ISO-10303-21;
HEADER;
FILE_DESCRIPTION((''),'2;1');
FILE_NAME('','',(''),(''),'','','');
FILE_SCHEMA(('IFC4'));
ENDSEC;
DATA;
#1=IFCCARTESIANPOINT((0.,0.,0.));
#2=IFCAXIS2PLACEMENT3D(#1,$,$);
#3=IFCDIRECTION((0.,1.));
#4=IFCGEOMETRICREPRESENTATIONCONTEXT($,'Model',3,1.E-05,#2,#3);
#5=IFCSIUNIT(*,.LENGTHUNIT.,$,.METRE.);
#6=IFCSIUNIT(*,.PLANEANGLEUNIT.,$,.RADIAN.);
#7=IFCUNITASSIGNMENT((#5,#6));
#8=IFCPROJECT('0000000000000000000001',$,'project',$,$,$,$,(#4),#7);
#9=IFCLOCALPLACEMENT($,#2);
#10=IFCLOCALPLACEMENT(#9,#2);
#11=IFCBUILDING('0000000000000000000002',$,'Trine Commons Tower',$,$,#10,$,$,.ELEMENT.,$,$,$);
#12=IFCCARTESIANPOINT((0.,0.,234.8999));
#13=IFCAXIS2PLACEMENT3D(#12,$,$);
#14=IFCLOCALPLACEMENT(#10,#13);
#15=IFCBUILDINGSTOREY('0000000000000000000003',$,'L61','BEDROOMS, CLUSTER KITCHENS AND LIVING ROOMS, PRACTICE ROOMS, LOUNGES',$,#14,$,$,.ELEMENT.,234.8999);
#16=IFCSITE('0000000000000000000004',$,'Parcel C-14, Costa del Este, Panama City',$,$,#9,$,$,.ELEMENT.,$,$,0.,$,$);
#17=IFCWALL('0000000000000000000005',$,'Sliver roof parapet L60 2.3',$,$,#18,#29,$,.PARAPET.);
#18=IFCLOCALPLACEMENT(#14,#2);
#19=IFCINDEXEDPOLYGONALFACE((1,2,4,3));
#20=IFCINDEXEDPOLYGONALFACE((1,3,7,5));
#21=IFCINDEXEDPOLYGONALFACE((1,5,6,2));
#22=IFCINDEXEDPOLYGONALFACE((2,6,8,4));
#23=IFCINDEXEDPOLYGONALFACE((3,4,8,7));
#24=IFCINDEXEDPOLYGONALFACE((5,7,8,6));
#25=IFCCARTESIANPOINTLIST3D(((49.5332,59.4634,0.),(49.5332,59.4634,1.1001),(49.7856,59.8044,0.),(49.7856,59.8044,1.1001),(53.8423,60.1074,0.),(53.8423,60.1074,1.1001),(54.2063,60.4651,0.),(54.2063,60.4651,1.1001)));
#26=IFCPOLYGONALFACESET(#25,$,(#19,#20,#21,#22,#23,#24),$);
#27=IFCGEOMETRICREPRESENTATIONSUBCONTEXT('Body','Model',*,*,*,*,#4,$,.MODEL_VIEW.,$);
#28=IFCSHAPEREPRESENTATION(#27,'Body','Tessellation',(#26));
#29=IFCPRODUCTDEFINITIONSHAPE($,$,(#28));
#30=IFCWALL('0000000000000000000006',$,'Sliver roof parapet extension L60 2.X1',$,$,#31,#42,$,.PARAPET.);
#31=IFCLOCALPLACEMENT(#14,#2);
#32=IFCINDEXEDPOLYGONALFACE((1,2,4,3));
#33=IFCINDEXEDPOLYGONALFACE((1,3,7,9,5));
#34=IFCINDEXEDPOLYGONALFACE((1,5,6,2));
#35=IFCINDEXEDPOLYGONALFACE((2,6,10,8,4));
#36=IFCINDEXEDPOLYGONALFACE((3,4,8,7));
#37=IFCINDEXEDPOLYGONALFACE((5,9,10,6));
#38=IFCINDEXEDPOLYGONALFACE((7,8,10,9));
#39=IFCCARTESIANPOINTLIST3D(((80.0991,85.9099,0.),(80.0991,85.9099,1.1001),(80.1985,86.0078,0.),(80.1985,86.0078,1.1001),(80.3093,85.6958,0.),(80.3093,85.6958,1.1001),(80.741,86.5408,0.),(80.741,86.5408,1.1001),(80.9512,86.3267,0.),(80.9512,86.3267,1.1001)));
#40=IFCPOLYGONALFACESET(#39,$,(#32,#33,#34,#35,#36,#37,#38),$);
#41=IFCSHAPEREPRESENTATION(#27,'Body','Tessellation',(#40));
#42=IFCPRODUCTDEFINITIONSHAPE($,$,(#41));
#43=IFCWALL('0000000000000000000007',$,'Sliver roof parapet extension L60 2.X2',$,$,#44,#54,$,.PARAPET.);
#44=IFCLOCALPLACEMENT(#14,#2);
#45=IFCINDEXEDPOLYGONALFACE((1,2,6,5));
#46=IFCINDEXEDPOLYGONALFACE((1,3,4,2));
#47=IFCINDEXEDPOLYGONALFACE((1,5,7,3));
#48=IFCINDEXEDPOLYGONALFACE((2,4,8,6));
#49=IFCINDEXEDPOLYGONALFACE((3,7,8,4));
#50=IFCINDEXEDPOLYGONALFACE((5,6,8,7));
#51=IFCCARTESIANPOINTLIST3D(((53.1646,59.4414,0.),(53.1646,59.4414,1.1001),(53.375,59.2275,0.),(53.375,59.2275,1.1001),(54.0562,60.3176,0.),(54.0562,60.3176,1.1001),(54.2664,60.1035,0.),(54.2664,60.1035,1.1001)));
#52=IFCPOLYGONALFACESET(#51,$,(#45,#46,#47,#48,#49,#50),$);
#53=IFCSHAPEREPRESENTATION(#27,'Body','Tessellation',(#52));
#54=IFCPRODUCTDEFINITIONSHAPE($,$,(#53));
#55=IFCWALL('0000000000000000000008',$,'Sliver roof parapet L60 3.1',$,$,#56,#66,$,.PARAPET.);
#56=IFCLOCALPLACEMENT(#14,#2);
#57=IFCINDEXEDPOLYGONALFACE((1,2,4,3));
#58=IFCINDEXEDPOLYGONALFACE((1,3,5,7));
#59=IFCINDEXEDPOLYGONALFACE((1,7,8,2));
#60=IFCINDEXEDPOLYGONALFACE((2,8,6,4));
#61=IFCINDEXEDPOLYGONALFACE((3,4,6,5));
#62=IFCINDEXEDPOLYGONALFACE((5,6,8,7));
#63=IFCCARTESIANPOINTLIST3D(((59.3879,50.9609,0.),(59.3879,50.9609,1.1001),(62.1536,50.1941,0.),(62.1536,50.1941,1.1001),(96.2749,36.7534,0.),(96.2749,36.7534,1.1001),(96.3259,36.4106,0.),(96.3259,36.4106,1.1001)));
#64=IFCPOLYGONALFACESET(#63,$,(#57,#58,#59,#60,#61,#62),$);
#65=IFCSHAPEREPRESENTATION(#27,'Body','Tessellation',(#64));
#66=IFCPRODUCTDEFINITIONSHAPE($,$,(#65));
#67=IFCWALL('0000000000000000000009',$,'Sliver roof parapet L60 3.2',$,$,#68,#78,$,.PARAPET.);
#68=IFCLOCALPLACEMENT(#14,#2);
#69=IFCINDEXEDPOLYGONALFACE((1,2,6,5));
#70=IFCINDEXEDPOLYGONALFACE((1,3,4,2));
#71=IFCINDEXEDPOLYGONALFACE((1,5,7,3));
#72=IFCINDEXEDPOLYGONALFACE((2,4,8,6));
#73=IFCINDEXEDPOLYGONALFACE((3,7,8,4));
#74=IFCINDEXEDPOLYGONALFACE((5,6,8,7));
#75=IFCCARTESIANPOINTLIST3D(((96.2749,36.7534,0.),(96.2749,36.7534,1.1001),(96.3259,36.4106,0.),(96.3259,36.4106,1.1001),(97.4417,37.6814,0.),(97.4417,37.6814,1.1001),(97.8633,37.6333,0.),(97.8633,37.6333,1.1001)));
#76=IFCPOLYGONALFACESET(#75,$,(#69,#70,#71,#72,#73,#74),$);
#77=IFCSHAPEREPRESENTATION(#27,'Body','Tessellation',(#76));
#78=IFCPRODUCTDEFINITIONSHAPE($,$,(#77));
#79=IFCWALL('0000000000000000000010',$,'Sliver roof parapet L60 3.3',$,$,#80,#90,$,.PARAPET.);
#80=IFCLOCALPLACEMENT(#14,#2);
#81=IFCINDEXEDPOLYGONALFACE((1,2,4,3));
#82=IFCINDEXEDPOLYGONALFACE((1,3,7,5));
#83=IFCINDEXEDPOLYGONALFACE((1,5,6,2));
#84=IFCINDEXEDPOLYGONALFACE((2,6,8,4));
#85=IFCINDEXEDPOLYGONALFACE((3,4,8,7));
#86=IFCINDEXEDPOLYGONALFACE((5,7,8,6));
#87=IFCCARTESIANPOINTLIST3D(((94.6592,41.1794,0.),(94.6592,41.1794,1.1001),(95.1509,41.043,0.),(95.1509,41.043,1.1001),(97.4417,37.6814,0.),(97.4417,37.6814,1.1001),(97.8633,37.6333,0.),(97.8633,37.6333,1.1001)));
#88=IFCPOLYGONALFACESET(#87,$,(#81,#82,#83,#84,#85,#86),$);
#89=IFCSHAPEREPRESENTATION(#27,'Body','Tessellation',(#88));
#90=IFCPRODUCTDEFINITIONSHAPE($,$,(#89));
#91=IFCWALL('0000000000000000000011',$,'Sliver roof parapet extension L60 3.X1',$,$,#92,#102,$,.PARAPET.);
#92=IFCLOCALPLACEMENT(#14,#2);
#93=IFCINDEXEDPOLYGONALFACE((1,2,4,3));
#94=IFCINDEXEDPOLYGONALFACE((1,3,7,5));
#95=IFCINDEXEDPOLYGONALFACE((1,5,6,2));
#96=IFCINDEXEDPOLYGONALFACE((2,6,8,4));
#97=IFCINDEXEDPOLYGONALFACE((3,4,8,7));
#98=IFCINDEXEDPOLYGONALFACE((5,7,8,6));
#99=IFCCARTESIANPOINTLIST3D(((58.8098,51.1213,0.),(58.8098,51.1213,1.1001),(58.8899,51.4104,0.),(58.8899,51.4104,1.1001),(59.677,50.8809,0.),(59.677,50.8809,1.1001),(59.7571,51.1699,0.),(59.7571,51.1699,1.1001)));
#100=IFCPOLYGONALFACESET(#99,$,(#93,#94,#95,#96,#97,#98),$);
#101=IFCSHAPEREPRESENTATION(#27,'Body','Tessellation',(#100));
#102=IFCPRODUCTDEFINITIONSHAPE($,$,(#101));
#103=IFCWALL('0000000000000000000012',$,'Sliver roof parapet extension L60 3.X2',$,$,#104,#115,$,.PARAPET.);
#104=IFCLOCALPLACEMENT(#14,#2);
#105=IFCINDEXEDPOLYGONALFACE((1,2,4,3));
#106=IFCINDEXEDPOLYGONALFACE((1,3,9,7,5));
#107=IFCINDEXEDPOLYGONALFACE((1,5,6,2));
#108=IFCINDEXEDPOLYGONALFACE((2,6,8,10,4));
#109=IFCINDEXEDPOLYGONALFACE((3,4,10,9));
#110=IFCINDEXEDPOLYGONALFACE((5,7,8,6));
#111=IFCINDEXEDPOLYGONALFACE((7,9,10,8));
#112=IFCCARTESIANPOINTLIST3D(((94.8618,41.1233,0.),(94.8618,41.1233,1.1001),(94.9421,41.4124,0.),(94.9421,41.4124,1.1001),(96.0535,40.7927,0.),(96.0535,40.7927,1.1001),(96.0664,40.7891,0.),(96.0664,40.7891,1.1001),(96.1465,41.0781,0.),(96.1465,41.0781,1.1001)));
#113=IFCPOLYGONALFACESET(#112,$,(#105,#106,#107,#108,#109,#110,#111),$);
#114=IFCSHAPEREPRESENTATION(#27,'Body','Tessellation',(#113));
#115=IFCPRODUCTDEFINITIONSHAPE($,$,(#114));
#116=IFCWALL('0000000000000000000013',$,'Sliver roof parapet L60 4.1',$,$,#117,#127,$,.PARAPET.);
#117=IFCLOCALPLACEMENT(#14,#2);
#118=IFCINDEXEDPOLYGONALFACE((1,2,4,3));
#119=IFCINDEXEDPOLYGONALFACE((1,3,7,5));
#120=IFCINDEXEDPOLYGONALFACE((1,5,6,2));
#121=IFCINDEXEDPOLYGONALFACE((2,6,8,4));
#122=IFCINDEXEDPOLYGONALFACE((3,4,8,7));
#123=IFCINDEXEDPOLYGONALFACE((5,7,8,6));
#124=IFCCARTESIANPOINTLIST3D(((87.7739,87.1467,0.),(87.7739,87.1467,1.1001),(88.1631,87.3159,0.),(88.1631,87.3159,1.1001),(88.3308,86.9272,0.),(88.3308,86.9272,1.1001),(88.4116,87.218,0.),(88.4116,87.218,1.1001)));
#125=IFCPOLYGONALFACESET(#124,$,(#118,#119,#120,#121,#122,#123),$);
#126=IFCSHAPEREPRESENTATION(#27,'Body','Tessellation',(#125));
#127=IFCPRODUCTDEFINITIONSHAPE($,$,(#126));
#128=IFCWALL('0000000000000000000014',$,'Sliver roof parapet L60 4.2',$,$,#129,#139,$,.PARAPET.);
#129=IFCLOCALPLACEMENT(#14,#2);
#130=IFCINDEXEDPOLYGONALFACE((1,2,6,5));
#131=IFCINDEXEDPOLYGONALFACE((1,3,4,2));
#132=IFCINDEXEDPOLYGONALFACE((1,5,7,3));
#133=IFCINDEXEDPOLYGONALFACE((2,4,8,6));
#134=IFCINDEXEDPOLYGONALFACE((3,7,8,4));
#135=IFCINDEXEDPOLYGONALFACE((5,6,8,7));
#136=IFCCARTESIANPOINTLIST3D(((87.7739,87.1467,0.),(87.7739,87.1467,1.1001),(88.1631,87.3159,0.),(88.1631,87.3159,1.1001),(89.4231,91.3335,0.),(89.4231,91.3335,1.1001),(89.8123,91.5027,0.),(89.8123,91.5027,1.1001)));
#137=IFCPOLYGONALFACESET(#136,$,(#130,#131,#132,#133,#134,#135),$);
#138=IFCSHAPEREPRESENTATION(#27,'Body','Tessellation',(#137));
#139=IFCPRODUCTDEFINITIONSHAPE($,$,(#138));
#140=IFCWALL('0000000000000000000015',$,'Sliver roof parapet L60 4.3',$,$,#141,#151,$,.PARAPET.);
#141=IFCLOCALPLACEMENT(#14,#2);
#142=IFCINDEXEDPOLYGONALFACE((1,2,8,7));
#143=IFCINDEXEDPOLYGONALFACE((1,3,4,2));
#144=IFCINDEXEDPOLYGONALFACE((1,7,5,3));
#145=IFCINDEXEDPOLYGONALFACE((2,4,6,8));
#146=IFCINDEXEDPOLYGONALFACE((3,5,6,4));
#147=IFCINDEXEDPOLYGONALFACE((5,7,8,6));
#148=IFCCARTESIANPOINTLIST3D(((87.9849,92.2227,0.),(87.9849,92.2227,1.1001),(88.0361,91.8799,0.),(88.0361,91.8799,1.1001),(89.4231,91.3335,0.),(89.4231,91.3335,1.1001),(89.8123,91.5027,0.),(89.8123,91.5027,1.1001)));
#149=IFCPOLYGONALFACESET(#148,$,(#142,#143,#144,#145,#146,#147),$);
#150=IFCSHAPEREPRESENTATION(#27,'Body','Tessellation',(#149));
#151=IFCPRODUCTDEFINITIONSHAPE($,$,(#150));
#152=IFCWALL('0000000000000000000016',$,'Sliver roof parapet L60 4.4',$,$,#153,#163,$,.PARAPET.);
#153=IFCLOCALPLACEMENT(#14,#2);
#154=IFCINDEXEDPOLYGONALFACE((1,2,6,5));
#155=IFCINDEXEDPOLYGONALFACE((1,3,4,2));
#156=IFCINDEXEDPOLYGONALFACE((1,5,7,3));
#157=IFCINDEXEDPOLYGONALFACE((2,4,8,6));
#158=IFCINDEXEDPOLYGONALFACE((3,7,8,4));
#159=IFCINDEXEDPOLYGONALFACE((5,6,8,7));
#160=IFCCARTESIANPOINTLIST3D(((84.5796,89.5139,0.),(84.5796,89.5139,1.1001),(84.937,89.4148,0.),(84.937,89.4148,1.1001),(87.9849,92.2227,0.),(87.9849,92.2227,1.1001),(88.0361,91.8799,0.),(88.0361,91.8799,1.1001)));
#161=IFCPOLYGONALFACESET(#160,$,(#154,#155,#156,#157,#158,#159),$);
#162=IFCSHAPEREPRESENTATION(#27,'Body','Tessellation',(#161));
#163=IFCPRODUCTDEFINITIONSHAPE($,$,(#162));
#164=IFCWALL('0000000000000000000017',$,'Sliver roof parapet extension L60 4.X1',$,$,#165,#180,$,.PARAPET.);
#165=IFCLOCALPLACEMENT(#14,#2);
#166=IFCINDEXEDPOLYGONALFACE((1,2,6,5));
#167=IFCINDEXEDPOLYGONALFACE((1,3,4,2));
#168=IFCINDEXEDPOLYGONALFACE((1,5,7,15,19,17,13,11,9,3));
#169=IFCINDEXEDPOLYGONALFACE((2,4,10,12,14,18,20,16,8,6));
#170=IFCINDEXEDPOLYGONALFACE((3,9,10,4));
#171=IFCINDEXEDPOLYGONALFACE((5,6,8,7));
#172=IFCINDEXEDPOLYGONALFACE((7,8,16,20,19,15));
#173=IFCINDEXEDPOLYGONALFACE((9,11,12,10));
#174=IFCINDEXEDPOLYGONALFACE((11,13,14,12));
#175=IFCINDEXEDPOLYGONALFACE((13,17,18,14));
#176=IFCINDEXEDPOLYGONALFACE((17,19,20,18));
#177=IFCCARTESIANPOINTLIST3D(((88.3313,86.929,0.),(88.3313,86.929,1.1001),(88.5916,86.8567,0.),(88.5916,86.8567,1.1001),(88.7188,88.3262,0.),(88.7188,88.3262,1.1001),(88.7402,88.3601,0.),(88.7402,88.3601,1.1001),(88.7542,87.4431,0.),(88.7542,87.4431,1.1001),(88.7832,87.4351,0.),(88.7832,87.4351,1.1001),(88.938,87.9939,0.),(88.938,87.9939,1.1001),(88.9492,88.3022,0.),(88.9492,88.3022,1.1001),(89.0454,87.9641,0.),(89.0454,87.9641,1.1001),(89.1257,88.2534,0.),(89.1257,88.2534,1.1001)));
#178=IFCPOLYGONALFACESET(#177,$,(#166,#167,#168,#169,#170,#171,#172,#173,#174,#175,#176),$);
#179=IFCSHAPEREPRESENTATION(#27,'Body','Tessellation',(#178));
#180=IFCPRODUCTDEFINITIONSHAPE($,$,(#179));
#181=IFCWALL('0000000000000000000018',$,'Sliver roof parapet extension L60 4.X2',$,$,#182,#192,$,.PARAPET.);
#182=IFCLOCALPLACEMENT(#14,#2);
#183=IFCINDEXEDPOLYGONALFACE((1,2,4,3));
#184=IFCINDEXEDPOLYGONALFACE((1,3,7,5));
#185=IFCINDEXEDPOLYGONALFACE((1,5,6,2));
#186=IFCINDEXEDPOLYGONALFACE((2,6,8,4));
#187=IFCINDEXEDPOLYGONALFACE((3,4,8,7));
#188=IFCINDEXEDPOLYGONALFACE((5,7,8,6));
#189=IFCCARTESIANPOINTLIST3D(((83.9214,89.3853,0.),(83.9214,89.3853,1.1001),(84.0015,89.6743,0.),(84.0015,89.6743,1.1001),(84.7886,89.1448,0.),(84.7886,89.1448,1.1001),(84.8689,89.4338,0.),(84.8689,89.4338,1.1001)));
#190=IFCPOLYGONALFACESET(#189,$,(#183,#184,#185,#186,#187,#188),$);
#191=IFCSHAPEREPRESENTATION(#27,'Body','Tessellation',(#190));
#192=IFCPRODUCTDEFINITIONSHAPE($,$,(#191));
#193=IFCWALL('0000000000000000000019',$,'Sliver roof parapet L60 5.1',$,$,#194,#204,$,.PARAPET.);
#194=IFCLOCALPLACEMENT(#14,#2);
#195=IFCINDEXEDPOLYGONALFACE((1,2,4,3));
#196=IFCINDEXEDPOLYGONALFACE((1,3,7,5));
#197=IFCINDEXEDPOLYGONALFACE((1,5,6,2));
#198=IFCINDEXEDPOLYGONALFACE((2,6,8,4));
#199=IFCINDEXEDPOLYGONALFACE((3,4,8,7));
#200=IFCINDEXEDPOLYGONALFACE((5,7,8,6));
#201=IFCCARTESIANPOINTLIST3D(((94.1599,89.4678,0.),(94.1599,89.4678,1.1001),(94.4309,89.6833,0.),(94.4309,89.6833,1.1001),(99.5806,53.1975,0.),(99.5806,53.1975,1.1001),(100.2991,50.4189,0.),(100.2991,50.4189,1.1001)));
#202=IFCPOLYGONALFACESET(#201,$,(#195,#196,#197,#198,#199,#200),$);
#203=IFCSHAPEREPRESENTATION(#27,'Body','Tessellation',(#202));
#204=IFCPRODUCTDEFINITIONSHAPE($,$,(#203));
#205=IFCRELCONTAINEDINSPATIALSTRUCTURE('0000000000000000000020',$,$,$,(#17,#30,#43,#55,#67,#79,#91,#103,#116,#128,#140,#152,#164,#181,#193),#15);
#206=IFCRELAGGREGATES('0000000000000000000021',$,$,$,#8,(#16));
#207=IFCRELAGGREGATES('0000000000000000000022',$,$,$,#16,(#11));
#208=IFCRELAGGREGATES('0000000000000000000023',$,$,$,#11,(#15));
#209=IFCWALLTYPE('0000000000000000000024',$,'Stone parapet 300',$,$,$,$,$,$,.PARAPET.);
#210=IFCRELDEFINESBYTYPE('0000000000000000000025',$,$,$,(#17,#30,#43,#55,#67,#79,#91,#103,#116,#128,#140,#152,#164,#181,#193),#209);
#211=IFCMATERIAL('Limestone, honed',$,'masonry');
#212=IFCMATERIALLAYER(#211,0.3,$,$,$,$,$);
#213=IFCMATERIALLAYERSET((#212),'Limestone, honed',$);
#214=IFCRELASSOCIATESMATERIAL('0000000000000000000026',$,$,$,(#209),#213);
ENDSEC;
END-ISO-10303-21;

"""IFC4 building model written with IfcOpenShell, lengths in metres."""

from ifc_helpers import new_model, si_unit, direction, frame, origin, place, context, subcontext, project, spatial, polyline, outline, extrude, material, layer, layer_set, type_object, element, save


model = new_model("IFC4")

# Units and contexts
model_context = context("Model", 3, precision=1e-05, world=origin(), true_north=direction((0.0, 1.0)))
body_context = subcontext(model_context, "Body", "Model", "MODEL_VIEW")
ifc_project = project(units=[si_unit("LENGTHUNIT", "METRE"), si_unit("PLANEANGLEUNIT", "RADIAN")], contexts=[model_context])

# Site, building, storey
site_placement = place(None, origin())
site = spatial("IfcSite", under=ifc_project, at=site_placement, Name="Parcel C-14, Costa del Este, Panama City", CompositionType="ELEMENT", RefElevation=0.0)
building_placement = place(site_placement, origin())
building = spatial("IfcBuilding", under=site, at=building_placement, Name="Trine Commons Tower", CompositionType="ELEMENT")
storey_placement = place(building_placement, frame((0.0, 0.0, 234.8999)))
storey = spatial("IfcBuildingStorey", under=building, at=storey_placement, Name="L61", Description="BEDROOMS, CLUSTER KITCHENS AND LIVING ROOMS, PRACTICE ROOMS, LOUNGES", CompositionType="ELEMENT", Elevation=234.8999)

# Walls
ifc_material = material(Name="Limestone, honed", Category="masonry")
ifc_layer = layer(ifc_material, 0.3)
ifc_layer_set = layer_set([ifc_layer], Name="Limestone, honed")
wall_type = type_object("IfcWallType", Name="Stone parapet 300", PredefinedType="PARAPET", material=ifc_layer_set)
wall_1_placement = place(storey_placement, origin())
element("IfcWall", 1, at=wall_1_placement, inside=storey, type_object=wall_type, Name="Sliver roof parapet L60 2.3", PredefinedType="PARAPET", context=body_context, shape_type="SweptSolid", body=[
    extrude(outline(polyline([(49.5332, 59.4634), (53.8423, 60.1074), (54.2063, 60.4651), (49.7856, 59.8044), (49.5332, 59.4634)])), origin(), (0.0, 0.0, 1.0), 1.1001),
])
wall_2_placement = place(storey_placement, origin())
element("IfcWall", 2, at=wall_2_placement, inside=storey, type_object=wall_type, Name="Sliver roof parapet extension L60 2.X1", PredefinedType="PARAPET", context=body_context, shape_type="SweptSolid", body=[
    extrude(outline(polyline([(80.0991, 85.9099), (80.3093, 85.6958), (80.9512, 86.3267), (80.741, 86.5408), (80.1985, 86.0078), (80.0991, 85.9099)])), origin(), (0.0, 0.0, 1.0), 1.1001),
])
wall_3_placement = place(storey_placement, origin())
element("IfcWall", 3, at=wall_3_placement, inside=storey, type_object=wall_type, Name="Sliver roof parapet extension L60 2.X2", PredefinedType="PARAPET", context=body_context, shape_type="SweptSolid", body=[
    extrude(outline(polyline([(54.2664, 60.1035), (54.0562, 60.3176), (53.1646, 59.4414), (53.375, 59.2275), (54.2664, 60.1035)])), origin(), (0.0, 0.0, 1.0), 1.1001),
])
wall_4_placement = place(storey_placement, origin())
element("IfcWall", 4, at=wall_4_placement, inside=storey, type_object=wall_type, Name="Sliver roof parapet L60 3.1", PredefinedType="PARAPET", context=body_context, shape_type="SweptSolid", body=[
    extrude(outline(polyline([(59.3879, 50.9609), (96.3259, 36.4106), (96.2749, 36.7534), (62.1536, 50.1941), (59.3879, 50.9609)])), origin(), (0.0, 0.0, 1.0), 1.1001),
])
wall_5_placement = place(storey_placement, origin())
element("IfcWall", 5, at=wall_5_placement, inside=storey, type_object=wall_type, Name="Sliver roof parapet L60 3.2", PredefinedType="PARAPET", context=body_context, shape_type="SweptSolid", body=[
    extrude(outline(polyline([(96.3259, 36.4106), (97.8633, 37.6333), (97.4417, 37.6814), (96.2749, 36.7534), (96.3259, 36.4106)])), origin(), (0.0, 0.0, 1.0), 1.1001),
])
wall_6_placement = place(storey_placement, origin())
element("IfcWall", 6, at=wall_6_placement, inside=storey, type_object=wall_type, Name="Sliver roof parapet L60 3.3", PredefinedType="PARAPET", context=body_context, shape_type="SweptSolid", body=[
    extrude(outline(polyline([(97.8633, 37.6333), (95.1509, 41.043), (94.6592, 41.1794), (97.4417, 37.6814), (97.8633, 37.6333)])), origin(), (0.0, 0.0, 1.0), 1.1001),
])
wall_7_placement = place(storey_placement, origin())
element("IfcWall", 7, at=wall_7_placement, inside=storey, type_object=wall_type, Name="Sliver roof parapet extension L60 3.X1", PredefinedType="PARAPET", context=body_context, shape_type="SweptSolid", body=[
    extrude(outline(polyline([(58.8899, 51.4104), (58.8098, 51.1213), (59.677, 50.8809), (59.7571, 51.1699), (58.8899, 51.4104)])), origin(), (0.0, 0.0, 1.0), 1.1001),
])
wall_8_placement = place(storey_placement, origin())
element("IfcWall", 8, at=wall_8_placement, inside=storey, type_object=wall_type, Name="Sliver roof parapet extension L60 3.X2", PredefinedType="PARAPET", context=body_context, shape_type="SweptSolid", body=[
    extrude(outline(polyline([(96.0664, 40.7891), (96.1465, 41.0781), (94.9421, 41.4124), (94.8618, 41.1233), (96.0535, 40.7927), (96.0664, 40.7891)])), origin(), (0.0, 0.0, 1.0), 1.1001),
])
wall_9_placement = place(storey_placement, origin())
element("IfcWall", 9, at=wall_9_placement, inside=storey, type_object=wall_type, Name="Sliver roof parapet L60 4.1", PredefinedType="PARAPET", context=body_context, shape_type="SweptSolid", body=[
    extrude(outline(polyline([(88.4116, 87.218), (88.1631, 87.3159), (87.7739, 87.1467), (88.3308, 86.9272), (88.4116, 87.218)])), origin(), (0.0, 0.0, 1.0), 1.1001),
])
wall_10_placement = place(storey_placement, origin())
element("IfcWall", 10, at=wall_10_placement, inside=storey, type_object=wall_type, Name="Sliver roof parapet L60 4.2", PredefinedType="PARAPET", context=body_context, shape_type="SweptSolid", body=[
    extrude(outline(polyline([(88.1631, 87.3159), (89.8123, 91.5027), (89.4231, 91.3335), (87.7739, 87.1467), (88.1631, 87.3159)])), origin(), (0.0, 0.0, 1.0), 1.1001),
])
wall_11_placement = place(storey_placement, origin())
element("IfcWall", 11, at=wall_11_placement, inside=storey, type_object=wall_type, Name="Sliver roof parapet L60 4.3", PredefinedType="PARAPET", context=body_context, shape_type="SweptSolid", body=[
    extrude(outline(polyline([(89.8123, 91.5027), (87.9849, 92.2227), (88.0361, 91.8799), (89.4231, 91.3335), (89.8123, 91.5027)])), origin(), (0.0, 0.0, 1.0), 1.1001),
])
wall_12_placement = place(storey_placement, origin())
element("IfcWall", 12, at=wall_12_placement, inside=storey, type_object=wall_type, Name="Sliver roof parapet L60 4.4", PredefinedType="PARAPET", context=body_context, shape_type="SweptSolid", body=[
    extrude(outline(polyline([(87.9849, 92.2227), (84.5796, 89.5139), (84.937, 89.4148), (88.0361, 91.8799), (87.9849, 92.2227)])), origin(), (0.0, 0.0, 1.0), 1.1001),
])
wall_13_placement = place(storey_placement, origin())
element("IfcWall", 13, at=wall_13_placement, inside=storey, type_object=wall_type, Name="Sliver roof parapet extension L60 4.X1", PredefinedType="PARAPET", context=body_context, shape_type="SweptSolid", body=[
    extrude(outline(polyline([(88.3313, 86.929), (88.5916, 86.8567), (88.7542, 87.4431), (88.7832, 87.4351), (88.938, 87.9939), (89.0454, 87.9641), (89.1257, 88.2534), (88.9492, 88.3022), (88.7402, 88.3601), (88.7188, 88.3262), (88.3313, 86.929)])), origin(), (0.0, 0.0, 1.0), 1.1001),
])
wall_14_placement = place(storey_placement, origin())
element("IfcWall", 14, at=wall_14_placement, inside=storey, type_object=wall_type, Name="Sliver roof parapet extension L60 4.X2", PredefinedType="PARAPET", context=body_context, shape_type="SweptSolid", body=[
    extrude(outline(polyline([(84.7886, 89.1448), (84.8689, 89.4338), (84.0015, 89.6743), (83.9214, 89.3853), (84.7886, 89.1448)])), origin(), (0.0, 0.0, 1.0), 1.1001),
])
wall_15_placement = place(storey_placement, origin())
element("IfcWall", 15, at=wall_15_placement, inside=storey, type_object=wall_type, Name="Sliver roof parapet L60 5.1", PredefinedType="PARAPET", context=body_context, shape_type="SweptSolid", body=[
    extrude(outline(polyline([(100.2991, 50.4189), (94.4309, 89.6833), (94.1599, 89.4678), (99.5806, 53.1975), (100.2991, 50.4189)])), origin(), (0.0, 0.0, 1.0), 1.1001),
])

save(model, "model.ifc")
